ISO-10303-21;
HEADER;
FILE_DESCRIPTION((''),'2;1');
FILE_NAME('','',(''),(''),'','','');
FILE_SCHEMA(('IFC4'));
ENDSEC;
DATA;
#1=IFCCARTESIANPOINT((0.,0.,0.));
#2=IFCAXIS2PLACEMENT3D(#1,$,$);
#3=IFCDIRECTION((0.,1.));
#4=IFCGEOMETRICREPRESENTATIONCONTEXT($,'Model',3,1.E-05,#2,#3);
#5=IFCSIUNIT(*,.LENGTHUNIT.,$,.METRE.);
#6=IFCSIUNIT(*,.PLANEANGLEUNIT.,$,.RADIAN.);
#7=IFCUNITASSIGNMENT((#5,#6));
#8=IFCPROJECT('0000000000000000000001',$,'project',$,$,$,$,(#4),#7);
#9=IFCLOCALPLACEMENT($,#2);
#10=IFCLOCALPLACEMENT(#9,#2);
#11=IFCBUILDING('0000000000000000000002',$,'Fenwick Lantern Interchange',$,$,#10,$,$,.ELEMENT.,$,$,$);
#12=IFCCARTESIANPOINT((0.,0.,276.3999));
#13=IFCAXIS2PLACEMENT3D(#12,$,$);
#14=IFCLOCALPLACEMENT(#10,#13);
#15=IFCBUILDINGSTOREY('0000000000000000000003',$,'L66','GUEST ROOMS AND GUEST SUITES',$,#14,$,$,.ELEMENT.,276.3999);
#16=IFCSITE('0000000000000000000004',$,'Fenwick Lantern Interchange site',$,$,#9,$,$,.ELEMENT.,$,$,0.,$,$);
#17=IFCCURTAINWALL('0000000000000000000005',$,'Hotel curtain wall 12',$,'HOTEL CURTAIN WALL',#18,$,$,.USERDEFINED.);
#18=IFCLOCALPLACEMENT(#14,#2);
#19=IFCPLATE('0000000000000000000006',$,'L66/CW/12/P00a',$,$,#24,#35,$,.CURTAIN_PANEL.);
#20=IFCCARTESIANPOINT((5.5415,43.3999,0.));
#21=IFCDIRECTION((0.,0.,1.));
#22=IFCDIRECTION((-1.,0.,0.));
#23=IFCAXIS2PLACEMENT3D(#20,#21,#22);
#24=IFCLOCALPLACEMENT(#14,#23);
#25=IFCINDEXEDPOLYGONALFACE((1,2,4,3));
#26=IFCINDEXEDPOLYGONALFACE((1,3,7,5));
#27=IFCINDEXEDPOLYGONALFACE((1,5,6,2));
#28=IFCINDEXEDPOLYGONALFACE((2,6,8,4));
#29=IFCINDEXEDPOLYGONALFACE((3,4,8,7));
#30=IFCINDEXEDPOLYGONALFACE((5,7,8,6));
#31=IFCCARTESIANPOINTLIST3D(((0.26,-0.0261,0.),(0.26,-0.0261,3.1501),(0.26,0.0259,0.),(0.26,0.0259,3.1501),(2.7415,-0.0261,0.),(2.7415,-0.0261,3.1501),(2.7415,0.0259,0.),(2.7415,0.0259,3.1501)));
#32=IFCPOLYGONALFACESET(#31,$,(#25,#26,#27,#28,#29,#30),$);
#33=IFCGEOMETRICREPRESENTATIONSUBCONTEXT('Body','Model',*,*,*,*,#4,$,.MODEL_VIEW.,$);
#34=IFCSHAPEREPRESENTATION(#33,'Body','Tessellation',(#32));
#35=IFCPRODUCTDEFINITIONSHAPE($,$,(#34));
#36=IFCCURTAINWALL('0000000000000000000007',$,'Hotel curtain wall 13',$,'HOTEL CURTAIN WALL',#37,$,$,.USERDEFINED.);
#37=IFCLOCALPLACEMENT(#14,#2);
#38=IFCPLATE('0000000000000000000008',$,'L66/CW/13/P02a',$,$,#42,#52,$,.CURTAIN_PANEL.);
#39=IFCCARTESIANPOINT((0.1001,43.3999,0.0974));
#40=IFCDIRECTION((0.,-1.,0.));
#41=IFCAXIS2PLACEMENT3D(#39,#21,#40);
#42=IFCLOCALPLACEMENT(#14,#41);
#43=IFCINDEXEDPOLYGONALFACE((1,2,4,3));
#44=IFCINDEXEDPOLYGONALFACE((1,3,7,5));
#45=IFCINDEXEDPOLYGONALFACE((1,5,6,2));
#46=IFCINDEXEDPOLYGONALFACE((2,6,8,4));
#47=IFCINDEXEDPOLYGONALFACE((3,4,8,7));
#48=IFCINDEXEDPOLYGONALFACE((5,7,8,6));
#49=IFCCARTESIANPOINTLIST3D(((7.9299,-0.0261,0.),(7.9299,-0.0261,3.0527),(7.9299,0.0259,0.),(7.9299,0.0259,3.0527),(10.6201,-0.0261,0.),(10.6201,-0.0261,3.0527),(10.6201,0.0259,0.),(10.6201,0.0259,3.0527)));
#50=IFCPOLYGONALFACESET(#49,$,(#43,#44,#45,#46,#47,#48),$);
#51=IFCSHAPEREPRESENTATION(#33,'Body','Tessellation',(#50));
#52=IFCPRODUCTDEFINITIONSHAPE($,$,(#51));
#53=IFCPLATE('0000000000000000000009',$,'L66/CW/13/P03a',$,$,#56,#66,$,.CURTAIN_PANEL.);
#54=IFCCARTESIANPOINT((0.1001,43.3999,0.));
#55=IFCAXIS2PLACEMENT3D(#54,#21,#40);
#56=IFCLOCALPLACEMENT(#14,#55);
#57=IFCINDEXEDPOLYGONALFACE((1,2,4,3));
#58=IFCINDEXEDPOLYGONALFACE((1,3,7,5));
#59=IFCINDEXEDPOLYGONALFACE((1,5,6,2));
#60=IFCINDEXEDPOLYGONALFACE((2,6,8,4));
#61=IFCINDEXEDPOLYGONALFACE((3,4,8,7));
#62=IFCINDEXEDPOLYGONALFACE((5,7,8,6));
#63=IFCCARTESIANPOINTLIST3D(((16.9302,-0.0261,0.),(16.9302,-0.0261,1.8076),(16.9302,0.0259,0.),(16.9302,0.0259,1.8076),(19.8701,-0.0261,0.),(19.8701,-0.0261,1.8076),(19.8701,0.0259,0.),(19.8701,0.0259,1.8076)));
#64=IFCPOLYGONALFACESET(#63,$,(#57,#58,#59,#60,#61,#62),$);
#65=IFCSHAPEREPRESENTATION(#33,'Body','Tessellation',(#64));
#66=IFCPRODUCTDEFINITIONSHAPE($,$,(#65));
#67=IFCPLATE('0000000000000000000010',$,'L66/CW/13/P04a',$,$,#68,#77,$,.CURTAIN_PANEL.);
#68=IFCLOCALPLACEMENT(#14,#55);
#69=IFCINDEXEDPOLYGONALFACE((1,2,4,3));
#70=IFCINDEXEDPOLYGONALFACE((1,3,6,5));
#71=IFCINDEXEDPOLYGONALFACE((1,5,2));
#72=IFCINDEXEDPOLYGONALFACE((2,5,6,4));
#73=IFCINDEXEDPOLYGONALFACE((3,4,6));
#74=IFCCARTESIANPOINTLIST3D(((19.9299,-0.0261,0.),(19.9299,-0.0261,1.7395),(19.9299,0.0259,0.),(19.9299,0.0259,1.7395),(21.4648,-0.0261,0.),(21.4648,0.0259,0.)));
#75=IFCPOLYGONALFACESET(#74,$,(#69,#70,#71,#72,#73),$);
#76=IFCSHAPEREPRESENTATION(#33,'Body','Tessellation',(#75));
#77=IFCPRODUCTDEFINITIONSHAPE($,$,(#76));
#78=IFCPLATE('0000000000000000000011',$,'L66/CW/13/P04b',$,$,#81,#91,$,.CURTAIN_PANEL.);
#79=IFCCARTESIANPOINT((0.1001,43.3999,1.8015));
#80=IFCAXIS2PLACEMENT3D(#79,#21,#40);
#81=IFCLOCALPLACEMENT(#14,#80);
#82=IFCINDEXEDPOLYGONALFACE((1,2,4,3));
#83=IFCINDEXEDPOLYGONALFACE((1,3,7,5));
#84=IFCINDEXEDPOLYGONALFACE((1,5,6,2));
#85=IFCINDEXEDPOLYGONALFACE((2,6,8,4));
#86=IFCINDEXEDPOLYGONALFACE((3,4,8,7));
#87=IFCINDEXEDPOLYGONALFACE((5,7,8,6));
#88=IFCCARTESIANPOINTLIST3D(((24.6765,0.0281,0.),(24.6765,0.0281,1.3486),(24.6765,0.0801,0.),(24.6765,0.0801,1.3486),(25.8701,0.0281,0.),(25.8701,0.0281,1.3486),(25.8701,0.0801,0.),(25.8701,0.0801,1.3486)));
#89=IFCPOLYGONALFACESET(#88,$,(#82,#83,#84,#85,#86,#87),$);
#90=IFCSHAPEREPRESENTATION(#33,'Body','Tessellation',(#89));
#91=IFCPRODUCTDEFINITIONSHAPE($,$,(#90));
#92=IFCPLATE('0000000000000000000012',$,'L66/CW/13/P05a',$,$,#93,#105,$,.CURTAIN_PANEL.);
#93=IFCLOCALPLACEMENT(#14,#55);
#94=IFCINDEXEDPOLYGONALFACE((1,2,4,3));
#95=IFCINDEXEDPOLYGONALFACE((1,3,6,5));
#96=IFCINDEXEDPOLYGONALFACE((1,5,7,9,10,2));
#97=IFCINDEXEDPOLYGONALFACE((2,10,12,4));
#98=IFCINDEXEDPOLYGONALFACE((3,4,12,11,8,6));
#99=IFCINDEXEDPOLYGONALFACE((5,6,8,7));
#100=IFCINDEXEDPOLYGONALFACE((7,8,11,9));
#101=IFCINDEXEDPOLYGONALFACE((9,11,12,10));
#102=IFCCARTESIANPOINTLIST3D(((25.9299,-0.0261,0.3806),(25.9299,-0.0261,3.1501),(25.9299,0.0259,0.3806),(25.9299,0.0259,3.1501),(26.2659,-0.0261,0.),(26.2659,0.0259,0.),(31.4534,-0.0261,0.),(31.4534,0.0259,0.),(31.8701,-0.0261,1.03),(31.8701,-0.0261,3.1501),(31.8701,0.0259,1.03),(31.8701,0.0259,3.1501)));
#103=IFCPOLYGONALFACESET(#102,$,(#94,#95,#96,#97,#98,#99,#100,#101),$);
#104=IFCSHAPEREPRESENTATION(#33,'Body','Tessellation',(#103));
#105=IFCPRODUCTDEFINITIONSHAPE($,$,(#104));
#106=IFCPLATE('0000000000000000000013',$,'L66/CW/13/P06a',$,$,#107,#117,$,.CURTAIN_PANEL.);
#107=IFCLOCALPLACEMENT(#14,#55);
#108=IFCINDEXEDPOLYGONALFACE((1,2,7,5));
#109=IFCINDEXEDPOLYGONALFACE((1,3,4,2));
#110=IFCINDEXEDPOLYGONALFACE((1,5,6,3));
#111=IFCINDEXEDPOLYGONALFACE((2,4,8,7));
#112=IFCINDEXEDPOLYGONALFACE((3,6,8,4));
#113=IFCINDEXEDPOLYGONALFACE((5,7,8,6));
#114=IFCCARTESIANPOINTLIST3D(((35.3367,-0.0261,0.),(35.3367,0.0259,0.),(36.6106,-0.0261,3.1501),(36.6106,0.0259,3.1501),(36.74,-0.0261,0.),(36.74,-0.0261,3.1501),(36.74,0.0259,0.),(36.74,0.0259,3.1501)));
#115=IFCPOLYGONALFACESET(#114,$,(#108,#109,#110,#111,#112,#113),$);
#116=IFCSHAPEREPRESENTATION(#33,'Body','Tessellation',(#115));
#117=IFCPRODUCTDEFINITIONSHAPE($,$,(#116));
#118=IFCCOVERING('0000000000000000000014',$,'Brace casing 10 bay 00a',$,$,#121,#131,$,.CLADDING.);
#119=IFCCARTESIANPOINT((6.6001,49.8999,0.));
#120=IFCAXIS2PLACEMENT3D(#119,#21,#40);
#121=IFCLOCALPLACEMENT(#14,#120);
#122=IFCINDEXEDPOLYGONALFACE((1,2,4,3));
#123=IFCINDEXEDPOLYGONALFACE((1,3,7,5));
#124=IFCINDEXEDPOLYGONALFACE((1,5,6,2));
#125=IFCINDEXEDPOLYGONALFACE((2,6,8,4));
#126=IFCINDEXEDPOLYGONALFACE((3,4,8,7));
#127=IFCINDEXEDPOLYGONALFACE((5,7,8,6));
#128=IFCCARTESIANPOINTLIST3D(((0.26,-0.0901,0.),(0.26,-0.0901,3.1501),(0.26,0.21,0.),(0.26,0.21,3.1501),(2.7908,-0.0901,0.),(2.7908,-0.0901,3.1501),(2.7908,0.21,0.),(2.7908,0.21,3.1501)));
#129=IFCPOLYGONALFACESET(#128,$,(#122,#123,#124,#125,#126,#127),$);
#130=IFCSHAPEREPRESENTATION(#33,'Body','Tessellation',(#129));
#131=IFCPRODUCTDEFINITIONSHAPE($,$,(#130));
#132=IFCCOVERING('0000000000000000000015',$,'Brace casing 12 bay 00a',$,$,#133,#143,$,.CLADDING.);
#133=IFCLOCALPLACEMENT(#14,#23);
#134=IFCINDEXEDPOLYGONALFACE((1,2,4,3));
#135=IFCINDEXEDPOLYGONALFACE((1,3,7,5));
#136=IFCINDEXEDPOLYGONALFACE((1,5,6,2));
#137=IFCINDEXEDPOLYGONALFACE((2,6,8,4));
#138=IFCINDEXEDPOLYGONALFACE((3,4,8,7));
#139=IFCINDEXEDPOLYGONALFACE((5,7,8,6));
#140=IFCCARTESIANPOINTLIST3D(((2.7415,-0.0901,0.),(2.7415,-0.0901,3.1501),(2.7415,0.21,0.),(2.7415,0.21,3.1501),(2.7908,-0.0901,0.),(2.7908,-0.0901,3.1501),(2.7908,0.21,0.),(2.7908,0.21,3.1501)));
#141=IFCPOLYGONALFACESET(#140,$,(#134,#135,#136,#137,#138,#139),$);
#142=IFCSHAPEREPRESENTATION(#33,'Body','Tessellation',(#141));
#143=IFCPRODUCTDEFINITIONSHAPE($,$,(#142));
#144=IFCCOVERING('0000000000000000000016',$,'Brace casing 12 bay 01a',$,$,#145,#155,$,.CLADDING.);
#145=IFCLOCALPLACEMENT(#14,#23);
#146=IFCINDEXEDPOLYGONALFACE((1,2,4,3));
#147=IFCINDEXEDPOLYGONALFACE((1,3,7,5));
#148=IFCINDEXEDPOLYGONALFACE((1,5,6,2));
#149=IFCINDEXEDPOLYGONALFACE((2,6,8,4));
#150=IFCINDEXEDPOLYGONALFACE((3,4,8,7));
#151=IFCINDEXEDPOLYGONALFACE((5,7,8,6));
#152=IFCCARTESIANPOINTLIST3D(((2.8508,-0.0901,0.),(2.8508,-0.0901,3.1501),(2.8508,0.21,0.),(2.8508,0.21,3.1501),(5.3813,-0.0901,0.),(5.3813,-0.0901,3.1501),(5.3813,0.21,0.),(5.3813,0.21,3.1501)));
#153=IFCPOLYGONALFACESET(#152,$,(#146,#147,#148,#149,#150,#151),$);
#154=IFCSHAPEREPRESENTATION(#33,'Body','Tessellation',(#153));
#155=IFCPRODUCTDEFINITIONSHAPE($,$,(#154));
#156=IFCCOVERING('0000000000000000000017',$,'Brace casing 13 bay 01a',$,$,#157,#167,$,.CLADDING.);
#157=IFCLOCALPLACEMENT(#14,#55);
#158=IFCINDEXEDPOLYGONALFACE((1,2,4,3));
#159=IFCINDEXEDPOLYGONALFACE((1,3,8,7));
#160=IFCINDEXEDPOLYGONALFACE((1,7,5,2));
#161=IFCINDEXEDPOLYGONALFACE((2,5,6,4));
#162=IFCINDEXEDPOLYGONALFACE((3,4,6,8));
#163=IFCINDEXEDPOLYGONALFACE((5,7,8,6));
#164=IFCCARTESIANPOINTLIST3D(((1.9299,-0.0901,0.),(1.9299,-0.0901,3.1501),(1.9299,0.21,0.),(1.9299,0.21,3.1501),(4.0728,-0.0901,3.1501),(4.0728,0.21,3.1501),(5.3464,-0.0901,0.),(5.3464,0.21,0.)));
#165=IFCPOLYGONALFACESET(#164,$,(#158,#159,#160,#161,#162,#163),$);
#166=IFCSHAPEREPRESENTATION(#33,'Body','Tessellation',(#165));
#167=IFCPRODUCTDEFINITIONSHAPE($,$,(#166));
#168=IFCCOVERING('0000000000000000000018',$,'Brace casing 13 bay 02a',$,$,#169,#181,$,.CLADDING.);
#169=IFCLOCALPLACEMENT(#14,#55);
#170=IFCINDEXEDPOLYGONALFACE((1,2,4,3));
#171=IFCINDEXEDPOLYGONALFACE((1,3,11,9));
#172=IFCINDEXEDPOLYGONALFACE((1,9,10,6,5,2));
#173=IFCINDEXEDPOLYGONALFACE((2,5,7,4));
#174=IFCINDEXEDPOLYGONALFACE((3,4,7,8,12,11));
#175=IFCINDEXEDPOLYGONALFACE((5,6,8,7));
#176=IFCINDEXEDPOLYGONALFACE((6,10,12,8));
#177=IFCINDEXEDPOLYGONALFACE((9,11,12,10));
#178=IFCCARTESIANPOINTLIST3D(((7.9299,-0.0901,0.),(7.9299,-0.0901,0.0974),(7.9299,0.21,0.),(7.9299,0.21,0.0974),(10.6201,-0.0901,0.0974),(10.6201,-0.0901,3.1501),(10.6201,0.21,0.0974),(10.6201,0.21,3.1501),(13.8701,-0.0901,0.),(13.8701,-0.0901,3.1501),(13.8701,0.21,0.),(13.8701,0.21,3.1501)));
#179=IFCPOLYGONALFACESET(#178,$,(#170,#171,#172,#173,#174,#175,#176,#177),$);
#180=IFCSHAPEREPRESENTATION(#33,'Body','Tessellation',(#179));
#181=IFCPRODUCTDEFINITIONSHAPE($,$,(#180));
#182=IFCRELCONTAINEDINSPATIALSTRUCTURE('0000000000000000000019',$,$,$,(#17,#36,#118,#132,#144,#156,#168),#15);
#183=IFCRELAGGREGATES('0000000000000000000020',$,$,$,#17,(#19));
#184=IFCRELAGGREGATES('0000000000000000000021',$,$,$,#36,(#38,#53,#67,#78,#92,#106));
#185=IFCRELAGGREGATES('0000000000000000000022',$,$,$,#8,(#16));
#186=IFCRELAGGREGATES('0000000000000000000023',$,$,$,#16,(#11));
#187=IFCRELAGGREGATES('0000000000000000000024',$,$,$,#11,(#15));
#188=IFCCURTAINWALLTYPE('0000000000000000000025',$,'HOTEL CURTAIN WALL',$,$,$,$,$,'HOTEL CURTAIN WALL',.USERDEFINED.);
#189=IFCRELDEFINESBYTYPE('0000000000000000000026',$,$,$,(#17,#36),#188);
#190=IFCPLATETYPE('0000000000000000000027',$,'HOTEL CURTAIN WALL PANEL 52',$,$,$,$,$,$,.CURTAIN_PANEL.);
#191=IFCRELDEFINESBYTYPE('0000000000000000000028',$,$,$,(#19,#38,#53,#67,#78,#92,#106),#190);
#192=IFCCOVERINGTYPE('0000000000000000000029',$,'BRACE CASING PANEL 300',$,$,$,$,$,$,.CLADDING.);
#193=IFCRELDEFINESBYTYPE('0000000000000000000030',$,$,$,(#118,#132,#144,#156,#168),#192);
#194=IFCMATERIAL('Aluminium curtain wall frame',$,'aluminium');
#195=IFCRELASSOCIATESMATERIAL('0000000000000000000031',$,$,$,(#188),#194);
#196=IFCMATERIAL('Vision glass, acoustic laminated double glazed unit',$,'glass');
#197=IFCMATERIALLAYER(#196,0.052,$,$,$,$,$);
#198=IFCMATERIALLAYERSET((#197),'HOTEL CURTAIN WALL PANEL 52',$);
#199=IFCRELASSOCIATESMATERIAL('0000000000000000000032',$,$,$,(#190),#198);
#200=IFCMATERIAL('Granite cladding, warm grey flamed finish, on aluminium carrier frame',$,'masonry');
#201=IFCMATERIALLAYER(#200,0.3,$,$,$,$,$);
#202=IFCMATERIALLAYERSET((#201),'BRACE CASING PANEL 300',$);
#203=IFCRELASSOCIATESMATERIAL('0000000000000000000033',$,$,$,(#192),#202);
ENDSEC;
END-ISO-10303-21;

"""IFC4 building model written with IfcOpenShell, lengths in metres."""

from ifc_helpers import new_model, si_unit, direction, frame, origin, place, context, subcontext, project, spatial, polyline, outline, extrude, material, layer, layer_set, type_object, element, aggregate, save


model = new_model("IFC4")

# Units and contexts
model_context = context("Model", 3, precision=1e-05, world=origin(), true_north=direction((0.0, 1.0)))
body_context = subcontext(model_context, "Body", "Model", "MODEL_VIEW")
ifc_project = project(units=[si_unit("LENGTHUNIT", "METRE"), si_unit("PLANEANGLEUNIT", "RADIAN")], contexts=[model_context])

# Site, building, storey
site_placement = place(None, origin())
site = spatial("IfcSite", under=ifc_project, at=site_placement, Name="Fenwick Lantern Interchange site", CompositionType="ELEMENT", RefElevation=0.0)
building_placement = place(site_placement, origin())
building = spatial("IfcBuilding", under=site, at=building_placement, Name="Fenwick Lantern Interchange", CompositionType="ELEMENT")
storey_placement = place(building_placement, frame((0.0, 0.0, 276.3999)))
storey = spatial("IfcBuildingStorey", under=building, at=storey_placement, Name="L66", Description="GUEST ROOMS AND GUEST SUITES", CompositionType="ELEMENT", Elevation=276.3999)

# Shared definitions
ifc_material_1 = material(Name="Aluminium curtain wall frame", Category="aluminium")
curtain_wall_type = type_object("IfcCurtainWallType", Name="HOTEL CURTAIN WALL", ElementType="HOTEL CURTAIN WALL", PredefinedType="USERDEFINED", material=ifc_material_1)

# Curtain wall
curtain_wall_1_placement = place(storey_placement, origin())
curtain_wall_1 = element("IfcCurtainWall", 1, at=curtain_wall_1_placement, inside=storey, type_object=curtain_wall_type, Name="Hotel curtain wall 12", ObjectType="HOTEL CURTAIN WALL", PredefinedType="USERDEFINED")

# Plate
ifc_material_2 = material(Name="Vision glass, acoustic laminated double glazed unit", Category="glass")
ifc_layer_1 = layer(ifc_material_2, 0.052)
ifc_layer_set_1 = layer_set([ifc_layer_1], Name="HOTEL CURTAIN WALL PANEL 52")
plate_type = type_object("IfcPlateType", Name="HOTEL CURTAIN WALL PANEL 52", PredefinedType="CURTAIN_PANEL", material=ifc_layer_set_1)
plate_1_placement = place(storey_placement, frame((5.5415, 43.3999, 0.0), z_axis=(0.0, 0.0, 1.0), x_axis=(-1.0, 0.0, 0.0)))
plate_1 = element("IfcPlate", 2, at=plate_1_placement, type_object=plate_type, Name="L66/CW/12/P00a", PredefinedType="CURTAIN_PANEL", context=body_context, shape_type="SweptSolid", body=[
    extrude(outline(polyline([(0.26, 0.0), (2.7415, 0.0), (2.7415, 3.1501), (0.26, 3.1501), (0.26, 0.0)])), frame((0.0, 0.0259, 0.0), z_axis=(0.0, -1.0, 0.0), x_axis=(1.0, 0.0, 0.0)), (0.0, 0.0, 1.0), 0.052),
])
aggregate(curtain_wall_1, [plate_1])

# Curtain wall, plates
curtain_wall_2_placement = place(storey_placement, origin())
curtain_wall_2 = element("IfcCurtainWall", 3, at=curtain_wall_2_placement, inside=storey, type_object=curtain_wall_type, Name="Hotel curtain wall 13", ObjectType="HOTEL CURTAIN WALL", PredefinedType="USERDEFINED")
plate_2_placement = place(storey_placement, frame((0.1001, 43.3999, 0.0974), z_axis=(0.0, 0.0, 1.0), x_axis=(0.0, -1.0, 0.0)))
plate_2 = element("IfcPlate", 4, at=plate_2_placement, type_object=plate_type, Name="L66/CW/13/P02a", PredefinedType="CURTAIN_PANEL", context=body_context, shape_type="SweptSolid", body=[
    extrude(outline(polyline([(7.9299, 0.0), (10.6201, 0.0), (10.6201, 3.0527), (7.9299, 3.0527), (7.9299, 0.0)])), frame((0.0, 0.0259, 0.0), z_axis=(0.0, -1.0, 0.0), x_axis=(1.0, 0.0, 0.0)), (0.0, 0.0, 1.0), 0.052),
])
plate_3_placement = place(storey_placement, frame((0.1001, 43.3999, 0.0), z_axis=(0.0, 0.0, 1.0), x_axis=(0.0, -1.0, 0.0)))
plate_3 = element("IfcPlate", 5, at=plate_3_placement, type_object=plate_type, Name="L66/CW/13/P03a", PredefinedType="CURTAIN_PANEL", context=body_context, shape_type="SweptSolid", body=[
    extrude(outline(polyline([(16.9302, 0.0), (19.8701, 0.0), (19.8701, 1.8076), (16.9302, 1.8076), (16.9302, 0.0)])), frame((0.0, 0.0259, 0.0), z_axis=(0.0, -1.0, 0.0), x_axis=(1.0, 0.0, 0.0)), (0.0, 0.0, 1.0), 0.052),
])
plate_4_placement = place(storey_placement, frame((0.1001, 43.3999, 0.0), z_axis=(0.0, 0.0, 1.0), x_axis=(0.0, -1.0, 0.0)))
plate_4 = element("IfcPlate", 6, at=plate_4_placement, type_object=plate_type, Name="L66/CW/13/P04a", PredefinedType="CURTAIN_PANEL", context=body_context, shape_type="SweptSolid", body=[
    extrude(outline(polyline([(19.9299, 0.0), (21.4648, 0.0), (19.9299, 1.7395), (19.9299, 0.0)])), frame((0.0, 0.0259, 0.0), z_axis=(0.0, -1.0, 0.0), x_axis=(1.0, 0.0, 0.0)), (0.0, 0.0, 1.0), 0.052),
])
plate_5_placement = place(storey_placement, frame((0.1001, 43.3999, 1.8015), z_axis=(0.0, 0.0, 1.0), x_axis=(0.0, -1.0, 0.0)))
plate_5 = element("IfcPlate", 7, at=plate_5_placement, type_object=plate_type, Name="L66/CW/13/P04b", PredefinedType="CURTAIN_PANEL", context=body_context, shape_type="SweptSolid", body=[
    extrude(outline(polyline([(24.6765, 0.0), (25.8701, 0.0), (25.8701, 1.3486), (24.6765, 1.3486), (24.6765, 0.0)])), frame((0.0, 0.0801, 0.0), z_axis=(0.0, -1.0, 0.0), x_axis=(1.0, 0.0, 0.0)), (0.0, 0.0, 1.0), 0.052),
])
plate_6_placement = place(storey_placement, frame((0.1001, 43.3999, 0.0), z_axis=(0.0, 0.0, 1.0), x_axis=(0.0, -1.0, 0.0)))
plate_6 = element("IfcPlate", 8, at=plate_6_placement, type_object=plate_type, Name="L66/CW/13/P05a", PredefinedType="CURTAIN_PANEL", context=body_context, shape_type="SweptSolid", body=[
    extrude(outline(polyline([(26.2659, 0.0), (31.4534, 0.0), (31.8701, 1.03), (31.8701, 3.1501), (25.9299, 3.1501), (25.9299, 0.3806), (26.2659, 0.0)])), frame((0.0, 0.0259, 0.0), z_axis=(0.0, -1.0, 0.0), x_axis=(1.0, 0.0, 0.0)), (0.0, 0.0, 1.0), 0.052),
])
plate_7_placement = place(storey_placement, frame((0.1001, 43.3999, 0.0), z_axis=(0.0, 0.0, 1.0), x_axis=(0.0, -1.0, 0.0)))
plate_7 = element("IfcPlate", 9, at=plate_7_placement, type_object=plate_type, Name="L66/CW/13/P06a", PredefinedType="CURTAIN_PANEL", context=body_context, shape_type="SweptSolid", body=[
    extrude(outline(polyline([(35.3367, 0.0), (36.74, 0.0), (36.74, 3.1501), (36.6106, 3.1501), (35.3367, 0.0)])), frame((0.0, 0.0259, 0.0), z_axis=(0.0, -1.0, 0.0), x_axis=(1.0, 0.0, 0.0)), (0.0, 0.0, 1.0), 0.052),
])
aggregate(curtain_wall_2, [plate_2, plate_3, plate_4, plate_5, plate_6, plate_7])

# Coverings
ifc_material_3 = material(Name="Granite cladding, warm grey flamed finish, on aluminium carrier frame", Category="masonry")
ifc_layer_2 = layer(ifc_material_3, 0.3)
ifc_layer_set_2 = layer_set([ifc_layer_2], Name="BRACE CASING PANEL 300")
covering_type = type_object("IfcCoveringType", Name="BRACE CASING PANEL 300", PredefinedType="CLADDING", material=ifc_layer_set_2)
covering_1_placement = place(storey_placement, frame((6.6001, 49.8999, 0.0), z_axis=(0.0, 0.0, 1.0), x_axis=(0.0, -1.0, 0.0)))
element("IfcCovering", 10, at=covering_1_placement, inside=storey, type_object=covering_type, Name="Brace casing 10 bay 00a", PredefinedType="CLADDING", context=body_context, shape_type="SweptSolid", body=[
    extrude(outline(polyline([(0.26, 0.0), (2.7908, 0.0), (2.7908, 3.1501), (0.26, 3.1501), (0.26, 0.0)])), frame((0.0, 0.21, 0.0), z_axis=(0.0, -1.0, 0.0), x_axis=(1.0, 0.0, 0.0)), (0.0, 0.0, 1.0), 0.3),
])
covering_2_placement = place(storey_placement, frame((5.5415, 43.3999, 0.0), z_axis=(0.0, 0.0, 1.0), x_axis=(-1.0, 0.0, 0.0)))
element("IfcCovering", 11, at=covering_2_placement, inside=storey, type_object=covering_type, Name="Brace casing 12 bay 00a", PredefinedType="CLADDING", context=body_context, shape_type="SweptSolid", body=[
    extrude(outline(polyline([(2.7415, 0.0), (2.7908, 0.0), (2.7908, 3.1501), (2.7415, 3.1501), (2.7415, 0.0)])), frame((0.0, 0.21, 0.0), z_axis=(0.0, -1.0, 0.0), x_axis=(1.0, 0.0, 0.0)), (0.0, 0.0, 1.0), 0.3),
])
covering_3_placement = place(storey_placement, frame((5.5415, 43.3999, 0.0), z_axis=(0.0, 0.0, 1.0), x_axis=(-1.0, 0.0, 0.0)))
element("IfcCovering", 12, at=covering_3_placement, inside=storey, type_object=covering_type, Name="Brace casing 12 bay 01a", PredefinedType="CLADDING", context=body_context, shape_type="SweptSolid", body=[
    extrude(outline(polyline([(2.8508, 0.0), (5.3813, 0.0), (5.3813, 3.1501), (2.8508, 3.1501), (2.8508, 0.0)])), frame((0.0, 0.21, 0.0), z_axis=(0.0, -1.0, 0.0), x_axis=(1.0, 0.0, 0.0)), (0.0, 0.0, 1.0), 0.3),
])
covering_4_placement = place(storey_placement, frame((0.1001, 43.3999, 0.0), z_axis=(0.0, 0.0, 1.0), x_axis=(0.0, -1.0, 0.0)))
element("IfcCovering", 13, at=covering_4_placement, inside=storey, type_object=covering_type, Name="Brace casing 13 bay 01a", PredefinedType="CLADDING", context=body_context, shape_type="SweptSolid", body=[
    extrude(outline(polyline([(1.9299, 0.0), (5.3464, 0.0), (4.0728, 3.1501), (1.9299, 3.1501), (1.9299, 0.0)])), frame((0.0, 0.21, 0.0), z_axis=(0.0, -1.0, 0.0), x_axis=(1.0, 0.0, 0.0)), (0.0, 0.0, 1.0), 0.3),
])
covering_5_placement = place(storey_placement, frame((0.1001, 43.3999, 0.0), z_axis=(0.0, 0.0, 1.0), x_axis=(0.0, -1.0, 0.0)))
element("IfcCovering", 14, at=covering_5_placement, inside=storey, type_object=covering_type, Name="Brace casing 13 bay 02a", PredefinedType="CLADDING", context=body_context, shape_type="SweptSolid", body=[
    extrude(outline(polyline([(7.9299, 0.0), (13.8701, 0.0), (13.8701, 3.1501), (10.6201, 3.1501), (10.6201, 0.0974), (7.9299, 0.0974), (7.9299, 0.0)])), frame((0.0, 0.21, 0.0), z_axis=(0.0, -1.0, 0.0), x_axis=(1.0, 0.0, 0.0)), (0.0, 0.0, 1.0), 0.3),
])

save(model, "model.ifc")
